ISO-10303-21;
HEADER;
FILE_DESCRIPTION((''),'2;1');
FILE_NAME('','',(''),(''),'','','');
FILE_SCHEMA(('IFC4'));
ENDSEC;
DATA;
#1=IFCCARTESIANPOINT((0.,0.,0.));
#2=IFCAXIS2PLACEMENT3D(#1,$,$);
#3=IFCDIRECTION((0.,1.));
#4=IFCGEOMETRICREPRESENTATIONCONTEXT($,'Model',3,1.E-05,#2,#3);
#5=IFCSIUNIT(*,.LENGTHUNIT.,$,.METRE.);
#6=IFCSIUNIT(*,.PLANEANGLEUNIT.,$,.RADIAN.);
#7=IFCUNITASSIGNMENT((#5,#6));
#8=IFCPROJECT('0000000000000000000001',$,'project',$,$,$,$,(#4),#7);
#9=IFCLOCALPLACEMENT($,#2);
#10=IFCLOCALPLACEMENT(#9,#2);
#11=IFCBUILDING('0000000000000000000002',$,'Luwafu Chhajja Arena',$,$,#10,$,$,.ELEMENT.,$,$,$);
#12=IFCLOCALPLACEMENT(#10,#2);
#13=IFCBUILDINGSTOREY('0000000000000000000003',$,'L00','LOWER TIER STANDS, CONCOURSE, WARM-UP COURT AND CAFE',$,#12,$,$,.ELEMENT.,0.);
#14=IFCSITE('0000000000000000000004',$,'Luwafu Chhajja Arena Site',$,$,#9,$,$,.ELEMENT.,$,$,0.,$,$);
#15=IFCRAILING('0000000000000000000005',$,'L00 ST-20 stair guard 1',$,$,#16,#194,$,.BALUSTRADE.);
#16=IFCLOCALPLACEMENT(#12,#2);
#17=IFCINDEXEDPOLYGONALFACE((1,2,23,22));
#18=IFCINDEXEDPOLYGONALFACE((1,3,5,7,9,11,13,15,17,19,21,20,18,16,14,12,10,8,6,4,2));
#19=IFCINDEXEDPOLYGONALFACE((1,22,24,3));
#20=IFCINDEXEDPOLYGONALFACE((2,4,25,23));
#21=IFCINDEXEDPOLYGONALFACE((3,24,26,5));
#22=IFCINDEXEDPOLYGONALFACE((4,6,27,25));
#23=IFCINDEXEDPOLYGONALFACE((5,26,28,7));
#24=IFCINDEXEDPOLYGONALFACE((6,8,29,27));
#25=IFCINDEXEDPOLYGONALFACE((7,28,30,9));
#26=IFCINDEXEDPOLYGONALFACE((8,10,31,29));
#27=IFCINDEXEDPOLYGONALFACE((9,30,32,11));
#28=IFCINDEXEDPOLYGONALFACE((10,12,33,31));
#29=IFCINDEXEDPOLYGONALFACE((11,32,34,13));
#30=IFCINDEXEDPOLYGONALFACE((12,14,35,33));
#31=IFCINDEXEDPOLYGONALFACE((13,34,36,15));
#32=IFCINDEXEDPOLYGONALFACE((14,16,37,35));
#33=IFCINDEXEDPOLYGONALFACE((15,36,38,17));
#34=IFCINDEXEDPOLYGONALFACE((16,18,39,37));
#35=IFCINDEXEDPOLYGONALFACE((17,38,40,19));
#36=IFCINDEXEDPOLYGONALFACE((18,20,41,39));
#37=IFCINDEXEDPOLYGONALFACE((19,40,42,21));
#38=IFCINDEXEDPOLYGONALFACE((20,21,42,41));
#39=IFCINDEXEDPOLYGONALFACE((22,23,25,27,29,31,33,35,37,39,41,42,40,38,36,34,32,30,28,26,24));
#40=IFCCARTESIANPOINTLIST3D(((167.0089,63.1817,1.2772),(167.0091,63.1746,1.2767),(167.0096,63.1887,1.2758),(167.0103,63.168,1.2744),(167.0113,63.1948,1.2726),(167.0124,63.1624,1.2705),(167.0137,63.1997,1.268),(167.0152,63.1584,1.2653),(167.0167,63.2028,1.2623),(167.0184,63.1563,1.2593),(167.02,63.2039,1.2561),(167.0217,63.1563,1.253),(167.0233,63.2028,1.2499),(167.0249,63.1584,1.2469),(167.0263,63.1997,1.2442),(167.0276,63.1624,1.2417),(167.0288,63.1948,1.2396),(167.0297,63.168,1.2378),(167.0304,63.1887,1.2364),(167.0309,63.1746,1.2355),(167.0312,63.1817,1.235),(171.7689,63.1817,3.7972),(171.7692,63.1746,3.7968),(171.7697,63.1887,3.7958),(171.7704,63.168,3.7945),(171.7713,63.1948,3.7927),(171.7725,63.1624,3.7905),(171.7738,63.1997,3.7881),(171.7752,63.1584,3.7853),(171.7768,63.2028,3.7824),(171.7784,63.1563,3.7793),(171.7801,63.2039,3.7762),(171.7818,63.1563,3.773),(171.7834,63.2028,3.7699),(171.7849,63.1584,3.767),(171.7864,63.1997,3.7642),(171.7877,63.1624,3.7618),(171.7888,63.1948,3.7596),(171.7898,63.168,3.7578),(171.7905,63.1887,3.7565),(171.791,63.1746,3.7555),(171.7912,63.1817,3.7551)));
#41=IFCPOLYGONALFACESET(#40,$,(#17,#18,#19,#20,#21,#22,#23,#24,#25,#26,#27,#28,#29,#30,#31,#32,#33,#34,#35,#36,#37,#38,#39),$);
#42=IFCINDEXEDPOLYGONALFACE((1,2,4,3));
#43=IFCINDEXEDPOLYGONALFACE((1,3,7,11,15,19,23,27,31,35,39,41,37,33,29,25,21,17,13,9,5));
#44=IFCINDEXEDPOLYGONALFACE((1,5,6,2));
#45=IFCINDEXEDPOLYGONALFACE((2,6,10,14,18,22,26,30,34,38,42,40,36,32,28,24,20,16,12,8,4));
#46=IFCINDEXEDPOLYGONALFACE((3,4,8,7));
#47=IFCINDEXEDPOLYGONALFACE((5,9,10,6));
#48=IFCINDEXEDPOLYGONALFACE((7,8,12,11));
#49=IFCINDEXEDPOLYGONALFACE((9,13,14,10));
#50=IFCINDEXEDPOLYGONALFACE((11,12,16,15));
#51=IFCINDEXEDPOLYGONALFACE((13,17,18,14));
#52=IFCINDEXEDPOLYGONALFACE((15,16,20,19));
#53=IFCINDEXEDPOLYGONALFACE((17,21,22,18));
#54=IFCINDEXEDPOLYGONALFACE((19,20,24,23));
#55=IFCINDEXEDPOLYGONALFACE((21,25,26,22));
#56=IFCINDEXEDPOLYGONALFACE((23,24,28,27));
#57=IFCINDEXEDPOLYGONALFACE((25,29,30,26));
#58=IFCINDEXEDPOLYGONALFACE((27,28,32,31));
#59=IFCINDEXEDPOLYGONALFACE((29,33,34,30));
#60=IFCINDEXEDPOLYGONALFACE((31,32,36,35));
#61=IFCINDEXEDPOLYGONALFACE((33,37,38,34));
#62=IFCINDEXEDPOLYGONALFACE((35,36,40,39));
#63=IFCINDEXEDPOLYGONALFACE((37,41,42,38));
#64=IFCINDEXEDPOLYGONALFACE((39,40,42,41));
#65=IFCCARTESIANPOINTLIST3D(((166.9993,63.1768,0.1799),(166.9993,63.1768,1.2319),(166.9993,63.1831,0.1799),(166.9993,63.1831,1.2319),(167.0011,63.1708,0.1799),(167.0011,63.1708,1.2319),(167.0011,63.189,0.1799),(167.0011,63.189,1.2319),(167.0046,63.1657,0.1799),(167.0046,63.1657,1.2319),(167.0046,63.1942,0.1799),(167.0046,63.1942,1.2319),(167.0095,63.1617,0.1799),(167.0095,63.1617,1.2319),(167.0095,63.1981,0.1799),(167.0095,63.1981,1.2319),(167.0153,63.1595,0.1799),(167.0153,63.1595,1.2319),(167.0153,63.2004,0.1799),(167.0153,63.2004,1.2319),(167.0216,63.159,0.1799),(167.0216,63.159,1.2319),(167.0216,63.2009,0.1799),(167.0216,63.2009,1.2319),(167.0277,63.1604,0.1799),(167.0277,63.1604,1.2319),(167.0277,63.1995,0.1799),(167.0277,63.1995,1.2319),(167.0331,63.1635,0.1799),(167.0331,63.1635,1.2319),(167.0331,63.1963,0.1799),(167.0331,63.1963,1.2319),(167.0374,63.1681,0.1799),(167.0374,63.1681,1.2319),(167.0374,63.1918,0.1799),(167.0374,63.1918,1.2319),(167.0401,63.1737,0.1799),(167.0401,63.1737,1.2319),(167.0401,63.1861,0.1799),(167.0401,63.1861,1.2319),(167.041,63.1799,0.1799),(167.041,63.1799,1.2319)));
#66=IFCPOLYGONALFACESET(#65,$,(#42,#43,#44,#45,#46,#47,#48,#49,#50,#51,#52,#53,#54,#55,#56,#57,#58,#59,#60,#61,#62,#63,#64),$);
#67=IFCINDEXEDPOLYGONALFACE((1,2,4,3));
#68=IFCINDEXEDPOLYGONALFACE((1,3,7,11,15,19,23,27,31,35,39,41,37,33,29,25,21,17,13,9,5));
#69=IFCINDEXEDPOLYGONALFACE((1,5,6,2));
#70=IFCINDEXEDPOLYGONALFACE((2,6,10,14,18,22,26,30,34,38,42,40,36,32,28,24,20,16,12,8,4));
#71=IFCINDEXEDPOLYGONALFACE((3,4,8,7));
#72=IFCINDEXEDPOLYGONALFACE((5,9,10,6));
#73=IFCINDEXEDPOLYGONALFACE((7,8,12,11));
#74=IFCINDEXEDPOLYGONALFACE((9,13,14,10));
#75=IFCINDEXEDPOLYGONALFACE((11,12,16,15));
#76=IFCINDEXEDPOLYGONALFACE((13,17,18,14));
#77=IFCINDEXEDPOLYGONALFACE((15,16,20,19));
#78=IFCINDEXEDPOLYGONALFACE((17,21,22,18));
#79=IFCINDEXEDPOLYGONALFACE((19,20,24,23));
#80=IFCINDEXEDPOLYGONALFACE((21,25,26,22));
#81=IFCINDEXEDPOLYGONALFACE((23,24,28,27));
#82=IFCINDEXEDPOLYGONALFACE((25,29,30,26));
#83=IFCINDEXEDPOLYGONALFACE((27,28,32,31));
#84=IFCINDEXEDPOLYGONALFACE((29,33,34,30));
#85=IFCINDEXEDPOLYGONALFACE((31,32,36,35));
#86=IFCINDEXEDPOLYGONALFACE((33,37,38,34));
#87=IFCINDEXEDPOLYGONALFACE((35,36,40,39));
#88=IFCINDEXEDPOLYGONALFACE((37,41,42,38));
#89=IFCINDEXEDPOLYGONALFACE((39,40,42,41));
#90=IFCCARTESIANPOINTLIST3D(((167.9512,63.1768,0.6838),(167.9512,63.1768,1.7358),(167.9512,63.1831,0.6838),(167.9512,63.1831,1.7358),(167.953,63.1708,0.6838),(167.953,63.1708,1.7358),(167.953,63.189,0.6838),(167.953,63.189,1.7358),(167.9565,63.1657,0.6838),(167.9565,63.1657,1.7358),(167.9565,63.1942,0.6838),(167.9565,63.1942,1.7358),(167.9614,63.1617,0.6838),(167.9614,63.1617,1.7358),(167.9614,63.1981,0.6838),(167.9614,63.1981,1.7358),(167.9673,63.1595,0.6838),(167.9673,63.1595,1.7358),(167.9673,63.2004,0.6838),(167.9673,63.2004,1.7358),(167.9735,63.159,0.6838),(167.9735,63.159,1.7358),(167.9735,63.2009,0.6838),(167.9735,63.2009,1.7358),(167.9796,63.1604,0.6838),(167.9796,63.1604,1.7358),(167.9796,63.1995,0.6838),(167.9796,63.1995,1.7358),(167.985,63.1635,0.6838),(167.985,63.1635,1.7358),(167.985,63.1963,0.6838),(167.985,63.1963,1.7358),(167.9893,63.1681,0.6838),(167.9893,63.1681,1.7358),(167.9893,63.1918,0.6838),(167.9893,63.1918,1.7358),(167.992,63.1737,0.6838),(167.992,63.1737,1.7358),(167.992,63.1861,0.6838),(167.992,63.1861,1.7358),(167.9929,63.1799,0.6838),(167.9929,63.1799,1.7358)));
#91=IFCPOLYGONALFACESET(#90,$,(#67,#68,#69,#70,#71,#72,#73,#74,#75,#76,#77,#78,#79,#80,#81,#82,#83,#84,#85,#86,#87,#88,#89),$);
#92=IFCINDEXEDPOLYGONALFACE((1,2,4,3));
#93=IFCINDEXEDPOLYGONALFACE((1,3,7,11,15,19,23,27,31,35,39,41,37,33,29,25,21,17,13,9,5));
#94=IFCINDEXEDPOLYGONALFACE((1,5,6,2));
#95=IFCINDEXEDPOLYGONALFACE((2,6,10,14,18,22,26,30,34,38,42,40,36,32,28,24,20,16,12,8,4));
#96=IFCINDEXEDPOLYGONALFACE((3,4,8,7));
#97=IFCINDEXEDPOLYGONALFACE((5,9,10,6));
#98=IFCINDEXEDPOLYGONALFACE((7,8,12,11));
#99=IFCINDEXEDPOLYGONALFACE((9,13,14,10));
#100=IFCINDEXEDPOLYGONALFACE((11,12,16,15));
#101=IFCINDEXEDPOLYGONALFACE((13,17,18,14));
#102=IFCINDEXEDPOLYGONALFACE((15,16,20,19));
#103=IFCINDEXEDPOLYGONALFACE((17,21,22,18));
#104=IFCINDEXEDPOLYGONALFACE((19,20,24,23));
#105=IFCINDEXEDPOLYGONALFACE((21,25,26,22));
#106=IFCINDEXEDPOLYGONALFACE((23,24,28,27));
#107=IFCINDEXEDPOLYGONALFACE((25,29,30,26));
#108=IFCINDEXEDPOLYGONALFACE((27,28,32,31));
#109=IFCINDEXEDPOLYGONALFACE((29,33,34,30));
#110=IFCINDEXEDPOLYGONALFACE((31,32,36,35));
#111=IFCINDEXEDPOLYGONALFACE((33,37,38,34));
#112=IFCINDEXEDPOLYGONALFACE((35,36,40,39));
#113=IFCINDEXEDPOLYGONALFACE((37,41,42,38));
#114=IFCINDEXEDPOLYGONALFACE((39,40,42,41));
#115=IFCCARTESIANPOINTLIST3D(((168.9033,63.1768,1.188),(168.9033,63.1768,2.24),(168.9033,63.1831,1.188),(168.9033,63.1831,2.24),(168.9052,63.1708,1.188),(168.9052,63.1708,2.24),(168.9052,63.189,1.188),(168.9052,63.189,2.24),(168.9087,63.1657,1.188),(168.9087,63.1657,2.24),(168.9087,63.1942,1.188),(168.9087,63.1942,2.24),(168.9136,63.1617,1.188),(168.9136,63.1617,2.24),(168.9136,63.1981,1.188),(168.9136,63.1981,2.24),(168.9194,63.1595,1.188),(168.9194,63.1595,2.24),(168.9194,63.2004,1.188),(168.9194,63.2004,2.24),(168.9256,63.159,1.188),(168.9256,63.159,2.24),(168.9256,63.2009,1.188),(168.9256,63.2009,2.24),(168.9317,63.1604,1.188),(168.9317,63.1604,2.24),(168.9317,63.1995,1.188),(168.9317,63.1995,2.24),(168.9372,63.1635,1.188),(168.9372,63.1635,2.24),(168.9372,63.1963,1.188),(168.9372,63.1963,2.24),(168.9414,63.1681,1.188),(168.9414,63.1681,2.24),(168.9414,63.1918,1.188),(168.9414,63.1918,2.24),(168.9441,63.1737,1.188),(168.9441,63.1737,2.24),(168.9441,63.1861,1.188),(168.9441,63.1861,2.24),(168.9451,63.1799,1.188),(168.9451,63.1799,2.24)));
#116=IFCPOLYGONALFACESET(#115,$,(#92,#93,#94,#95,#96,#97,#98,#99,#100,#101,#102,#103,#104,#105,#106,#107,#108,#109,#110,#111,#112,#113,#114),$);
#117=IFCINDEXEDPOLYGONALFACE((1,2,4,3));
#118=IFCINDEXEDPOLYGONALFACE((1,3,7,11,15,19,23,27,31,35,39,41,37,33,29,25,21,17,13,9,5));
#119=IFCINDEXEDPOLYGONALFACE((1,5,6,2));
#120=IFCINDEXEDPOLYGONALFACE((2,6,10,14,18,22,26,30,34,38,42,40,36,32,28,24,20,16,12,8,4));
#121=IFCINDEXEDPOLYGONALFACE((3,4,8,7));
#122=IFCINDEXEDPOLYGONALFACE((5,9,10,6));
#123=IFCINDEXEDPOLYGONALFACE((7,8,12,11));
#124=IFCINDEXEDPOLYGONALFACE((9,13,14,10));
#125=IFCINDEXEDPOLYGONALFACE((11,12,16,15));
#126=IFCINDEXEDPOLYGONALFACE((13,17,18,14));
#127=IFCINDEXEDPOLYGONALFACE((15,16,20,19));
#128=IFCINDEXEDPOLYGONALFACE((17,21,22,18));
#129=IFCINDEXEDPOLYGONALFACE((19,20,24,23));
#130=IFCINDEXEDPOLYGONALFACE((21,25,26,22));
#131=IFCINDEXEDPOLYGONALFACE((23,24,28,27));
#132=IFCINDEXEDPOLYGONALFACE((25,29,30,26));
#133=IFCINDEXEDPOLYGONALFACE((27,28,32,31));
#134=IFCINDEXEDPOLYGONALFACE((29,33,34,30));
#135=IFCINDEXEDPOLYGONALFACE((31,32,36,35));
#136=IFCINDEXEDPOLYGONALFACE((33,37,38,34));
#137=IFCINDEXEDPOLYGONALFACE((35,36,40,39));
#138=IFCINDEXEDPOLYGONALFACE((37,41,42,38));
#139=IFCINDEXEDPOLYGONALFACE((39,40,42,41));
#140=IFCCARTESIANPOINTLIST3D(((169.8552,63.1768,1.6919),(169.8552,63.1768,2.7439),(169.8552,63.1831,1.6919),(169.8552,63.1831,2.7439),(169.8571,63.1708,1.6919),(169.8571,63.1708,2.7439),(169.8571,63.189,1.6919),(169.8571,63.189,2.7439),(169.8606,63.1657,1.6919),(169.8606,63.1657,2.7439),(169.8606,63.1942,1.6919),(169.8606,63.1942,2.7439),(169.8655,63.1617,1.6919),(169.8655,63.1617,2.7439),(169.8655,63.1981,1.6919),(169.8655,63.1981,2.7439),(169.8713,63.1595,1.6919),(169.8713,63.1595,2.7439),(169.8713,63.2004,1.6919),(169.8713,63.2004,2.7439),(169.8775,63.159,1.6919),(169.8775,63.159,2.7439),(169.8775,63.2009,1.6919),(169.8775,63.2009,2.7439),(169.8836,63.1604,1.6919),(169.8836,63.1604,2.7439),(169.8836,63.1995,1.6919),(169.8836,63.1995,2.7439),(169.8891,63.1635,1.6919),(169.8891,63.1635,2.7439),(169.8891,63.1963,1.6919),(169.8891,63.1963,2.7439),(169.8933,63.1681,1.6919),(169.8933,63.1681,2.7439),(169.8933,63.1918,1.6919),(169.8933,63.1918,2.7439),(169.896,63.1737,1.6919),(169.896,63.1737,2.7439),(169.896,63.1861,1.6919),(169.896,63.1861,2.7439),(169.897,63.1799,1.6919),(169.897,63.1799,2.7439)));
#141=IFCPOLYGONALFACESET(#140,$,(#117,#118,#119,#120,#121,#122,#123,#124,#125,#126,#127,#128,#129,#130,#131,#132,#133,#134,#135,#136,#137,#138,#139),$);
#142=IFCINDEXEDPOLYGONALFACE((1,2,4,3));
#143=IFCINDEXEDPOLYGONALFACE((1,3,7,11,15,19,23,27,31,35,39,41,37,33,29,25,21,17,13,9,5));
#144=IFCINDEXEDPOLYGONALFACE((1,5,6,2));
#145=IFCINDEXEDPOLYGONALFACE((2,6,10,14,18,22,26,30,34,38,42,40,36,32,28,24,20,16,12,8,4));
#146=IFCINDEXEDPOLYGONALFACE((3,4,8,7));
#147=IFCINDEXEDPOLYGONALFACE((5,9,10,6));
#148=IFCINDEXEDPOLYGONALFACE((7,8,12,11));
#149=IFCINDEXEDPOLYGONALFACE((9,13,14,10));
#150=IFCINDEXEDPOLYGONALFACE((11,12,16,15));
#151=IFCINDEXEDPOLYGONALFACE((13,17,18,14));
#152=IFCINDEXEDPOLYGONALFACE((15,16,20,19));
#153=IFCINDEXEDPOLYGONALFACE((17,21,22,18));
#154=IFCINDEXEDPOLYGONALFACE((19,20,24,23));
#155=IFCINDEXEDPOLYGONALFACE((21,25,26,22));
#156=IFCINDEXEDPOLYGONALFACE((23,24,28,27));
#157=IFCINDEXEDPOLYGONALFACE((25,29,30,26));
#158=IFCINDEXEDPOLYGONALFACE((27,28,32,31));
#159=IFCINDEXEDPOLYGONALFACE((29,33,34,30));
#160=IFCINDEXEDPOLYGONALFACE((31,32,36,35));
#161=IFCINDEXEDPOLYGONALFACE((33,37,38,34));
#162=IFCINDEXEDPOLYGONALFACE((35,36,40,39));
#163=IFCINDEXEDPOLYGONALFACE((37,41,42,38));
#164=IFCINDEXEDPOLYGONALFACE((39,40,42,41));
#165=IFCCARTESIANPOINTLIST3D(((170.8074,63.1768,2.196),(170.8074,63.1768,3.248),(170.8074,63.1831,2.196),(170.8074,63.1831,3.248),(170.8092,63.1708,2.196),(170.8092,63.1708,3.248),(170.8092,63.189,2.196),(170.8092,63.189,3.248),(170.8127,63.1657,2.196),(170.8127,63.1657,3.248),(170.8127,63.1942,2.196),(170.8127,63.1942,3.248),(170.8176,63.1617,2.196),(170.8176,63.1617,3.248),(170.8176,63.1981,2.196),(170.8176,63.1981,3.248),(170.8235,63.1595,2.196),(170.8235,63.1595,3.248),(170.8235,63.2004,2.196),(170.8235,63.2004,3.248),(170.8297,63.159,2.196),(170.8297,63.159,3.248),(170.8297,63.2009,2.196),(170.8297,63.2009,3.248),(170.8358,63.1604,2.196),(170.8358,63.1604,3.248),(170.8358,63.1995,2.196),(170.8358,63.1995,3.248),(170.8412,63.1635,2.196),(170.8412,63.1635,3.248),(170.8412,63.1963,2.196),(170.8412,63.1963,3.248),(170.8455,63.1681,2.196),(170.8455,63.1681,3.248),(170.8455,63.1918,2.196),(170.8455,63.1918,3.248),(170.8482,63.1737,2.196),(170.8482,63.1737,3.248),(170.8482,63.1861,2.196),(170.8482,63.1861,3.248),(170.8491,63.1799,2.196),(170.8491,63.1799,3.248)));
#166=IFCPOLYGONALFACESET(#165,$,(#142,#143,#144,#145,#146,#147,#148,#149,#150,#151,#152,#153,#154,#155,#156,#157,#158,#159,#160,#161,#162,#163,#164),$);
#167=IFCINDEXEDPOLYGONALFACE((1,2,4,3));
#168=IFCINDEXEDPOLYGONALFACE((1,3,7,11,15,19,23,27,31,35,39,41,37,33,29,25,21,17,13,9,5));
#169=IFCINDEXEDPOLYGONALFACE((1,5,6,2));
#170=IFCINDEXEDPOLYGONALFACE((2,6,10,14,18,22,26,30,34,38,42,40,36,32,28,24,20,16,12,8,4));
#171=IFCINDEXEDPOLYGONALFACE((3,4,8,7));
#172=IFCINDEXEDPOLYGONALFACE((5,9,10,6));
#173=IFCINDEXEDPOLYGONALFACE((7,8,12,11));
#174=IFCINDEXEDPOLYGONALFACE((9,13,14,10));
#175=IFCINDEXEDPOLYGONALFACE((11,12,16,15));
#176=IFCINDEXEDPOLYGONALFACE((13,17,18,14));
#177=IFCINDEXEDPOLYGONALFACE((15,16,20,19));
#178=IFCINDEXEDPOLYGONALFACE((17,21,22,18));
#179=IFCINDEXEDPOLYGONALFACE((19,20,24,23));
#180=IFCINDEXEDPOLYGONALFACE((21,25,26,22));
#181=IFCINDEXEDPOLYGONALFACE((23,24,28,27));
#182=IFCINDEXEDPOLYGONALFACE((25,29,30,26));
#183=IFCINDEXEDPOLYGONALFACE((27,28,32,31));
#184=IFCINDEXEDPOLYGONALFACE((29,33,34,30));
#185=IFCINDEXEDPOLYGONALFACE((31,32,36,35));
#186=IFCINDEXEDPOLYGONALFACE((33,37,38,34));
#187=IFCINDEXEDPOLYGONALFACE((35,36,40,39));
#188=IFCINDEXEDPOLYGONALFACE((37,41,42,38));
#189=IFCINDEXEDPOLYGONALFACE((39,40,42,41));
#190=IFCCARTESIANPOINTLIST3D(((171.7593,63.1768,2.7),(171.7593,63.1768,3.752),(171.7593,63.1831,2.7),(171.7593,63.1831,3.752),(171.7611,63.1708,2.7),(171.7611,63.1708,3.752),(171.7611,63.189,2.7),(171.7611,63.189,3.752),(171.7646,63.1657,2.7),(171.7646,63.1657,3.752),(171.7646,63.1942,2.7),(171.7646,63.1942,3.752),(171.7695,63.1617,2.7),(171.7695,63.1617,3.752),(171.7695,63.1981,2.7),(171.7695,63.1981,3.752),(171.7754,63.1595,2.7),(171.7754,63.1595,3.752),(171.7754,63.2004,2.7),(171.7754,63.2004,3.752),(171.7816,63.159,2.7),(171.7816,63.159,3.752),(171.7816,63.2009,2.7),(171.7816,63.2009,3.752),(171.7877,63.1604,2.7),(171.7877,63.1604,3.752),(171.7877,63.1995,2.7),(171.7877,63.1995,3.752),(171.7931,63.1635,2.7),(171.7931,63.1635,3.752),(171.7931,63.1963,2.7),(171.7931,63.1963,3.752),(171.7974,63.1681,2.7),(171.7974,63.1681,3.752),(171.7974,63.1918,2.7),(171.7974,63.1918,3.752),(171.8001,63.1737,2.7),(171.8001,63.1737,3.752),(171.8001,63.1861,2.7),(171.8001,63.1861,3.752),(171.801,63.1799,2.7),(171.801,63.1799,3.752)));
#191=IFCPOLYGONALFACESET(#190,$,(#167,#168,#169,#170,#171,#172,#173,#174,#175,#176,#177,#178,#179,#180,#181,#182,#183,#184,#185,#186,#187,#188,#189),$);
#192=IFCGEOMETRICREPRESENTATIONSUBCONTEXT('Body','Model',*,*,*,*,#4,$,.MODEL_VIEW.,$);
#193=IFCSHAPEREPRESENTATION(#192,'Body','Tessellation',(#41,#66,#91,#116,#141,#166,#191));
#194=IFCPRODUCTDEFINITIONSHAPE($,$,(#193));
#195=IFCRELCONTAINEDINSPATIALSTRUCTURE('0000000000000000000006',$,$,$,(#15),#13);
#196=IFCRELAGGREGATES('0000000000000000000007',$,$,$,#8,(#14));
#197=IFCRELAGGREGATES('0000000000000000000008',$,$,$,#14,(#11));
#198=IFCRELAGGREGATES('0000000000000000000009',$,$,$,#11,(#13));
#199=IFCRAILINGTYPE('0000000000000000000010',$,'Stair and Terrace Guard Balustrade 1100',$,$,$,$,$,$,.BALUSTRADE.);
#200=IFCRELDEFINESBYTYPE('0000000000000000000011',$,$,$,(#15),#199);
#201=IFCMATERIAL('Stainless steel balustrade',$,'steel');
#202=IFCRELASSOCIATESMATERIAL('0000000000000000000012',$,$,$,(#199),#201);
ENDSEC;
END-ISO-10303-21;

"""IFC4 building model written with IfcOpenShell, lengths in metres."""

from ifc_helpers import new_model, si_unit, direction, frame, origin, origin_2d, place, context, subcontext, project, spatial, circle, extrude, material, type_object, element, save


model = new_model("IFC4")

# Units and contexts
model_context = context("Model", 3, precision=1e-05, world=origin(), true_north=direction((0.0, 1.0)))
body_context = subcontext(model_context, "Body", "Model", "MODEL_VIEW")
ifc_project = project(units=[si_unit("LENGTHUNIT", "METRE"), si_unit("PLANEANGLEUNIT", "RADIAN")], contexts=[model_context])

# Site, building, storey
site_placement = place(None, origin())
site = spatial("IfcSite", under=ifc_project, at=site_placement, Name="Luwafu Chhajja Arena Site", CompositionType="ELEMENT", RefElevation=0.0)
building_placement = place(site_placement, origin())
building = spatial("IfcBuilding", under=site, at=building_placement, Name="Luwafu Chhajja Arena", CompositionType="ELEMENT")
storey_placement = place(building_placement, origin())
storey = spatial("IfcBuildingStorey", under=building, at=storey_placement, Name="L00", Description="LOWER TIER STANDS, CONCOURSE, WARM-UP COURT AND CAFE", CompositionType="ELEMENT", Elevation=0.0)

# Railing
ifc_material_1 = material(Name="Stainless steel balustrade", Category="steel")
railing_type_1 = type_object("IfcRailingType", Name="Stair and Terrace Guard Balustrade 1100", PredefinedType="BALUSTRADE", material=ifc_material_1)
railing_1_placement = place(storey_placement, frame((167.02, 63.1799, 0.1799)))
element("IfcRailing", 1, at=railing_1_placement, inside=storey, type_object=railing_type_1, Name="L00 ST-20 stair guard 1", PredefinedType="BALUSTRADE", context=body_context, shape_type="SweptSolid", body=[
    extrude(circle(Radius=0.0239, at=origin_2d()), frame((0.0, 0.0, 1.0762), z_axis=(0.883787, 0.0, 0.46789), x_axis=(0.0, 1.0, 0.0)), (0.0, 0.0, 1.0), 5.386),
    extrude(circle(Radius=0.021, at=origin_2d()), origin(), (0.0, 0.0, 1.0), 1.052),
    extrude(circle(Radius=0.021, at=origin_2d()), frame((0.9519, 0.0, 0.5039)), (0.0, 0.0, 1.0), 1.052),
    extrude(circle(Radius=0.021, at=origin_2d()), frame((1.9041, 0.0, 1.0081)), (0.0, 0.0, 1.0), 1.052),
    extrude(circle(Radius=0.021, at=origin_2d()), frame((2.856, 0.0, 1.512)), (0.0, 0.0, 1.0), 1.052),
    extrude(circle(Radius=0.021, at=origin_2d()), frame((3.8081, 0.0, 2.0161)), (0.0, 0.0, 1.0), 1.052),
    extrude(circle(Radius=0.021, at=origin_2d()), frame((4.76, 0.0, 2.52)), (0.0, 0.0, 1.0), 1.052),
])

save(model, "model.ifc")
